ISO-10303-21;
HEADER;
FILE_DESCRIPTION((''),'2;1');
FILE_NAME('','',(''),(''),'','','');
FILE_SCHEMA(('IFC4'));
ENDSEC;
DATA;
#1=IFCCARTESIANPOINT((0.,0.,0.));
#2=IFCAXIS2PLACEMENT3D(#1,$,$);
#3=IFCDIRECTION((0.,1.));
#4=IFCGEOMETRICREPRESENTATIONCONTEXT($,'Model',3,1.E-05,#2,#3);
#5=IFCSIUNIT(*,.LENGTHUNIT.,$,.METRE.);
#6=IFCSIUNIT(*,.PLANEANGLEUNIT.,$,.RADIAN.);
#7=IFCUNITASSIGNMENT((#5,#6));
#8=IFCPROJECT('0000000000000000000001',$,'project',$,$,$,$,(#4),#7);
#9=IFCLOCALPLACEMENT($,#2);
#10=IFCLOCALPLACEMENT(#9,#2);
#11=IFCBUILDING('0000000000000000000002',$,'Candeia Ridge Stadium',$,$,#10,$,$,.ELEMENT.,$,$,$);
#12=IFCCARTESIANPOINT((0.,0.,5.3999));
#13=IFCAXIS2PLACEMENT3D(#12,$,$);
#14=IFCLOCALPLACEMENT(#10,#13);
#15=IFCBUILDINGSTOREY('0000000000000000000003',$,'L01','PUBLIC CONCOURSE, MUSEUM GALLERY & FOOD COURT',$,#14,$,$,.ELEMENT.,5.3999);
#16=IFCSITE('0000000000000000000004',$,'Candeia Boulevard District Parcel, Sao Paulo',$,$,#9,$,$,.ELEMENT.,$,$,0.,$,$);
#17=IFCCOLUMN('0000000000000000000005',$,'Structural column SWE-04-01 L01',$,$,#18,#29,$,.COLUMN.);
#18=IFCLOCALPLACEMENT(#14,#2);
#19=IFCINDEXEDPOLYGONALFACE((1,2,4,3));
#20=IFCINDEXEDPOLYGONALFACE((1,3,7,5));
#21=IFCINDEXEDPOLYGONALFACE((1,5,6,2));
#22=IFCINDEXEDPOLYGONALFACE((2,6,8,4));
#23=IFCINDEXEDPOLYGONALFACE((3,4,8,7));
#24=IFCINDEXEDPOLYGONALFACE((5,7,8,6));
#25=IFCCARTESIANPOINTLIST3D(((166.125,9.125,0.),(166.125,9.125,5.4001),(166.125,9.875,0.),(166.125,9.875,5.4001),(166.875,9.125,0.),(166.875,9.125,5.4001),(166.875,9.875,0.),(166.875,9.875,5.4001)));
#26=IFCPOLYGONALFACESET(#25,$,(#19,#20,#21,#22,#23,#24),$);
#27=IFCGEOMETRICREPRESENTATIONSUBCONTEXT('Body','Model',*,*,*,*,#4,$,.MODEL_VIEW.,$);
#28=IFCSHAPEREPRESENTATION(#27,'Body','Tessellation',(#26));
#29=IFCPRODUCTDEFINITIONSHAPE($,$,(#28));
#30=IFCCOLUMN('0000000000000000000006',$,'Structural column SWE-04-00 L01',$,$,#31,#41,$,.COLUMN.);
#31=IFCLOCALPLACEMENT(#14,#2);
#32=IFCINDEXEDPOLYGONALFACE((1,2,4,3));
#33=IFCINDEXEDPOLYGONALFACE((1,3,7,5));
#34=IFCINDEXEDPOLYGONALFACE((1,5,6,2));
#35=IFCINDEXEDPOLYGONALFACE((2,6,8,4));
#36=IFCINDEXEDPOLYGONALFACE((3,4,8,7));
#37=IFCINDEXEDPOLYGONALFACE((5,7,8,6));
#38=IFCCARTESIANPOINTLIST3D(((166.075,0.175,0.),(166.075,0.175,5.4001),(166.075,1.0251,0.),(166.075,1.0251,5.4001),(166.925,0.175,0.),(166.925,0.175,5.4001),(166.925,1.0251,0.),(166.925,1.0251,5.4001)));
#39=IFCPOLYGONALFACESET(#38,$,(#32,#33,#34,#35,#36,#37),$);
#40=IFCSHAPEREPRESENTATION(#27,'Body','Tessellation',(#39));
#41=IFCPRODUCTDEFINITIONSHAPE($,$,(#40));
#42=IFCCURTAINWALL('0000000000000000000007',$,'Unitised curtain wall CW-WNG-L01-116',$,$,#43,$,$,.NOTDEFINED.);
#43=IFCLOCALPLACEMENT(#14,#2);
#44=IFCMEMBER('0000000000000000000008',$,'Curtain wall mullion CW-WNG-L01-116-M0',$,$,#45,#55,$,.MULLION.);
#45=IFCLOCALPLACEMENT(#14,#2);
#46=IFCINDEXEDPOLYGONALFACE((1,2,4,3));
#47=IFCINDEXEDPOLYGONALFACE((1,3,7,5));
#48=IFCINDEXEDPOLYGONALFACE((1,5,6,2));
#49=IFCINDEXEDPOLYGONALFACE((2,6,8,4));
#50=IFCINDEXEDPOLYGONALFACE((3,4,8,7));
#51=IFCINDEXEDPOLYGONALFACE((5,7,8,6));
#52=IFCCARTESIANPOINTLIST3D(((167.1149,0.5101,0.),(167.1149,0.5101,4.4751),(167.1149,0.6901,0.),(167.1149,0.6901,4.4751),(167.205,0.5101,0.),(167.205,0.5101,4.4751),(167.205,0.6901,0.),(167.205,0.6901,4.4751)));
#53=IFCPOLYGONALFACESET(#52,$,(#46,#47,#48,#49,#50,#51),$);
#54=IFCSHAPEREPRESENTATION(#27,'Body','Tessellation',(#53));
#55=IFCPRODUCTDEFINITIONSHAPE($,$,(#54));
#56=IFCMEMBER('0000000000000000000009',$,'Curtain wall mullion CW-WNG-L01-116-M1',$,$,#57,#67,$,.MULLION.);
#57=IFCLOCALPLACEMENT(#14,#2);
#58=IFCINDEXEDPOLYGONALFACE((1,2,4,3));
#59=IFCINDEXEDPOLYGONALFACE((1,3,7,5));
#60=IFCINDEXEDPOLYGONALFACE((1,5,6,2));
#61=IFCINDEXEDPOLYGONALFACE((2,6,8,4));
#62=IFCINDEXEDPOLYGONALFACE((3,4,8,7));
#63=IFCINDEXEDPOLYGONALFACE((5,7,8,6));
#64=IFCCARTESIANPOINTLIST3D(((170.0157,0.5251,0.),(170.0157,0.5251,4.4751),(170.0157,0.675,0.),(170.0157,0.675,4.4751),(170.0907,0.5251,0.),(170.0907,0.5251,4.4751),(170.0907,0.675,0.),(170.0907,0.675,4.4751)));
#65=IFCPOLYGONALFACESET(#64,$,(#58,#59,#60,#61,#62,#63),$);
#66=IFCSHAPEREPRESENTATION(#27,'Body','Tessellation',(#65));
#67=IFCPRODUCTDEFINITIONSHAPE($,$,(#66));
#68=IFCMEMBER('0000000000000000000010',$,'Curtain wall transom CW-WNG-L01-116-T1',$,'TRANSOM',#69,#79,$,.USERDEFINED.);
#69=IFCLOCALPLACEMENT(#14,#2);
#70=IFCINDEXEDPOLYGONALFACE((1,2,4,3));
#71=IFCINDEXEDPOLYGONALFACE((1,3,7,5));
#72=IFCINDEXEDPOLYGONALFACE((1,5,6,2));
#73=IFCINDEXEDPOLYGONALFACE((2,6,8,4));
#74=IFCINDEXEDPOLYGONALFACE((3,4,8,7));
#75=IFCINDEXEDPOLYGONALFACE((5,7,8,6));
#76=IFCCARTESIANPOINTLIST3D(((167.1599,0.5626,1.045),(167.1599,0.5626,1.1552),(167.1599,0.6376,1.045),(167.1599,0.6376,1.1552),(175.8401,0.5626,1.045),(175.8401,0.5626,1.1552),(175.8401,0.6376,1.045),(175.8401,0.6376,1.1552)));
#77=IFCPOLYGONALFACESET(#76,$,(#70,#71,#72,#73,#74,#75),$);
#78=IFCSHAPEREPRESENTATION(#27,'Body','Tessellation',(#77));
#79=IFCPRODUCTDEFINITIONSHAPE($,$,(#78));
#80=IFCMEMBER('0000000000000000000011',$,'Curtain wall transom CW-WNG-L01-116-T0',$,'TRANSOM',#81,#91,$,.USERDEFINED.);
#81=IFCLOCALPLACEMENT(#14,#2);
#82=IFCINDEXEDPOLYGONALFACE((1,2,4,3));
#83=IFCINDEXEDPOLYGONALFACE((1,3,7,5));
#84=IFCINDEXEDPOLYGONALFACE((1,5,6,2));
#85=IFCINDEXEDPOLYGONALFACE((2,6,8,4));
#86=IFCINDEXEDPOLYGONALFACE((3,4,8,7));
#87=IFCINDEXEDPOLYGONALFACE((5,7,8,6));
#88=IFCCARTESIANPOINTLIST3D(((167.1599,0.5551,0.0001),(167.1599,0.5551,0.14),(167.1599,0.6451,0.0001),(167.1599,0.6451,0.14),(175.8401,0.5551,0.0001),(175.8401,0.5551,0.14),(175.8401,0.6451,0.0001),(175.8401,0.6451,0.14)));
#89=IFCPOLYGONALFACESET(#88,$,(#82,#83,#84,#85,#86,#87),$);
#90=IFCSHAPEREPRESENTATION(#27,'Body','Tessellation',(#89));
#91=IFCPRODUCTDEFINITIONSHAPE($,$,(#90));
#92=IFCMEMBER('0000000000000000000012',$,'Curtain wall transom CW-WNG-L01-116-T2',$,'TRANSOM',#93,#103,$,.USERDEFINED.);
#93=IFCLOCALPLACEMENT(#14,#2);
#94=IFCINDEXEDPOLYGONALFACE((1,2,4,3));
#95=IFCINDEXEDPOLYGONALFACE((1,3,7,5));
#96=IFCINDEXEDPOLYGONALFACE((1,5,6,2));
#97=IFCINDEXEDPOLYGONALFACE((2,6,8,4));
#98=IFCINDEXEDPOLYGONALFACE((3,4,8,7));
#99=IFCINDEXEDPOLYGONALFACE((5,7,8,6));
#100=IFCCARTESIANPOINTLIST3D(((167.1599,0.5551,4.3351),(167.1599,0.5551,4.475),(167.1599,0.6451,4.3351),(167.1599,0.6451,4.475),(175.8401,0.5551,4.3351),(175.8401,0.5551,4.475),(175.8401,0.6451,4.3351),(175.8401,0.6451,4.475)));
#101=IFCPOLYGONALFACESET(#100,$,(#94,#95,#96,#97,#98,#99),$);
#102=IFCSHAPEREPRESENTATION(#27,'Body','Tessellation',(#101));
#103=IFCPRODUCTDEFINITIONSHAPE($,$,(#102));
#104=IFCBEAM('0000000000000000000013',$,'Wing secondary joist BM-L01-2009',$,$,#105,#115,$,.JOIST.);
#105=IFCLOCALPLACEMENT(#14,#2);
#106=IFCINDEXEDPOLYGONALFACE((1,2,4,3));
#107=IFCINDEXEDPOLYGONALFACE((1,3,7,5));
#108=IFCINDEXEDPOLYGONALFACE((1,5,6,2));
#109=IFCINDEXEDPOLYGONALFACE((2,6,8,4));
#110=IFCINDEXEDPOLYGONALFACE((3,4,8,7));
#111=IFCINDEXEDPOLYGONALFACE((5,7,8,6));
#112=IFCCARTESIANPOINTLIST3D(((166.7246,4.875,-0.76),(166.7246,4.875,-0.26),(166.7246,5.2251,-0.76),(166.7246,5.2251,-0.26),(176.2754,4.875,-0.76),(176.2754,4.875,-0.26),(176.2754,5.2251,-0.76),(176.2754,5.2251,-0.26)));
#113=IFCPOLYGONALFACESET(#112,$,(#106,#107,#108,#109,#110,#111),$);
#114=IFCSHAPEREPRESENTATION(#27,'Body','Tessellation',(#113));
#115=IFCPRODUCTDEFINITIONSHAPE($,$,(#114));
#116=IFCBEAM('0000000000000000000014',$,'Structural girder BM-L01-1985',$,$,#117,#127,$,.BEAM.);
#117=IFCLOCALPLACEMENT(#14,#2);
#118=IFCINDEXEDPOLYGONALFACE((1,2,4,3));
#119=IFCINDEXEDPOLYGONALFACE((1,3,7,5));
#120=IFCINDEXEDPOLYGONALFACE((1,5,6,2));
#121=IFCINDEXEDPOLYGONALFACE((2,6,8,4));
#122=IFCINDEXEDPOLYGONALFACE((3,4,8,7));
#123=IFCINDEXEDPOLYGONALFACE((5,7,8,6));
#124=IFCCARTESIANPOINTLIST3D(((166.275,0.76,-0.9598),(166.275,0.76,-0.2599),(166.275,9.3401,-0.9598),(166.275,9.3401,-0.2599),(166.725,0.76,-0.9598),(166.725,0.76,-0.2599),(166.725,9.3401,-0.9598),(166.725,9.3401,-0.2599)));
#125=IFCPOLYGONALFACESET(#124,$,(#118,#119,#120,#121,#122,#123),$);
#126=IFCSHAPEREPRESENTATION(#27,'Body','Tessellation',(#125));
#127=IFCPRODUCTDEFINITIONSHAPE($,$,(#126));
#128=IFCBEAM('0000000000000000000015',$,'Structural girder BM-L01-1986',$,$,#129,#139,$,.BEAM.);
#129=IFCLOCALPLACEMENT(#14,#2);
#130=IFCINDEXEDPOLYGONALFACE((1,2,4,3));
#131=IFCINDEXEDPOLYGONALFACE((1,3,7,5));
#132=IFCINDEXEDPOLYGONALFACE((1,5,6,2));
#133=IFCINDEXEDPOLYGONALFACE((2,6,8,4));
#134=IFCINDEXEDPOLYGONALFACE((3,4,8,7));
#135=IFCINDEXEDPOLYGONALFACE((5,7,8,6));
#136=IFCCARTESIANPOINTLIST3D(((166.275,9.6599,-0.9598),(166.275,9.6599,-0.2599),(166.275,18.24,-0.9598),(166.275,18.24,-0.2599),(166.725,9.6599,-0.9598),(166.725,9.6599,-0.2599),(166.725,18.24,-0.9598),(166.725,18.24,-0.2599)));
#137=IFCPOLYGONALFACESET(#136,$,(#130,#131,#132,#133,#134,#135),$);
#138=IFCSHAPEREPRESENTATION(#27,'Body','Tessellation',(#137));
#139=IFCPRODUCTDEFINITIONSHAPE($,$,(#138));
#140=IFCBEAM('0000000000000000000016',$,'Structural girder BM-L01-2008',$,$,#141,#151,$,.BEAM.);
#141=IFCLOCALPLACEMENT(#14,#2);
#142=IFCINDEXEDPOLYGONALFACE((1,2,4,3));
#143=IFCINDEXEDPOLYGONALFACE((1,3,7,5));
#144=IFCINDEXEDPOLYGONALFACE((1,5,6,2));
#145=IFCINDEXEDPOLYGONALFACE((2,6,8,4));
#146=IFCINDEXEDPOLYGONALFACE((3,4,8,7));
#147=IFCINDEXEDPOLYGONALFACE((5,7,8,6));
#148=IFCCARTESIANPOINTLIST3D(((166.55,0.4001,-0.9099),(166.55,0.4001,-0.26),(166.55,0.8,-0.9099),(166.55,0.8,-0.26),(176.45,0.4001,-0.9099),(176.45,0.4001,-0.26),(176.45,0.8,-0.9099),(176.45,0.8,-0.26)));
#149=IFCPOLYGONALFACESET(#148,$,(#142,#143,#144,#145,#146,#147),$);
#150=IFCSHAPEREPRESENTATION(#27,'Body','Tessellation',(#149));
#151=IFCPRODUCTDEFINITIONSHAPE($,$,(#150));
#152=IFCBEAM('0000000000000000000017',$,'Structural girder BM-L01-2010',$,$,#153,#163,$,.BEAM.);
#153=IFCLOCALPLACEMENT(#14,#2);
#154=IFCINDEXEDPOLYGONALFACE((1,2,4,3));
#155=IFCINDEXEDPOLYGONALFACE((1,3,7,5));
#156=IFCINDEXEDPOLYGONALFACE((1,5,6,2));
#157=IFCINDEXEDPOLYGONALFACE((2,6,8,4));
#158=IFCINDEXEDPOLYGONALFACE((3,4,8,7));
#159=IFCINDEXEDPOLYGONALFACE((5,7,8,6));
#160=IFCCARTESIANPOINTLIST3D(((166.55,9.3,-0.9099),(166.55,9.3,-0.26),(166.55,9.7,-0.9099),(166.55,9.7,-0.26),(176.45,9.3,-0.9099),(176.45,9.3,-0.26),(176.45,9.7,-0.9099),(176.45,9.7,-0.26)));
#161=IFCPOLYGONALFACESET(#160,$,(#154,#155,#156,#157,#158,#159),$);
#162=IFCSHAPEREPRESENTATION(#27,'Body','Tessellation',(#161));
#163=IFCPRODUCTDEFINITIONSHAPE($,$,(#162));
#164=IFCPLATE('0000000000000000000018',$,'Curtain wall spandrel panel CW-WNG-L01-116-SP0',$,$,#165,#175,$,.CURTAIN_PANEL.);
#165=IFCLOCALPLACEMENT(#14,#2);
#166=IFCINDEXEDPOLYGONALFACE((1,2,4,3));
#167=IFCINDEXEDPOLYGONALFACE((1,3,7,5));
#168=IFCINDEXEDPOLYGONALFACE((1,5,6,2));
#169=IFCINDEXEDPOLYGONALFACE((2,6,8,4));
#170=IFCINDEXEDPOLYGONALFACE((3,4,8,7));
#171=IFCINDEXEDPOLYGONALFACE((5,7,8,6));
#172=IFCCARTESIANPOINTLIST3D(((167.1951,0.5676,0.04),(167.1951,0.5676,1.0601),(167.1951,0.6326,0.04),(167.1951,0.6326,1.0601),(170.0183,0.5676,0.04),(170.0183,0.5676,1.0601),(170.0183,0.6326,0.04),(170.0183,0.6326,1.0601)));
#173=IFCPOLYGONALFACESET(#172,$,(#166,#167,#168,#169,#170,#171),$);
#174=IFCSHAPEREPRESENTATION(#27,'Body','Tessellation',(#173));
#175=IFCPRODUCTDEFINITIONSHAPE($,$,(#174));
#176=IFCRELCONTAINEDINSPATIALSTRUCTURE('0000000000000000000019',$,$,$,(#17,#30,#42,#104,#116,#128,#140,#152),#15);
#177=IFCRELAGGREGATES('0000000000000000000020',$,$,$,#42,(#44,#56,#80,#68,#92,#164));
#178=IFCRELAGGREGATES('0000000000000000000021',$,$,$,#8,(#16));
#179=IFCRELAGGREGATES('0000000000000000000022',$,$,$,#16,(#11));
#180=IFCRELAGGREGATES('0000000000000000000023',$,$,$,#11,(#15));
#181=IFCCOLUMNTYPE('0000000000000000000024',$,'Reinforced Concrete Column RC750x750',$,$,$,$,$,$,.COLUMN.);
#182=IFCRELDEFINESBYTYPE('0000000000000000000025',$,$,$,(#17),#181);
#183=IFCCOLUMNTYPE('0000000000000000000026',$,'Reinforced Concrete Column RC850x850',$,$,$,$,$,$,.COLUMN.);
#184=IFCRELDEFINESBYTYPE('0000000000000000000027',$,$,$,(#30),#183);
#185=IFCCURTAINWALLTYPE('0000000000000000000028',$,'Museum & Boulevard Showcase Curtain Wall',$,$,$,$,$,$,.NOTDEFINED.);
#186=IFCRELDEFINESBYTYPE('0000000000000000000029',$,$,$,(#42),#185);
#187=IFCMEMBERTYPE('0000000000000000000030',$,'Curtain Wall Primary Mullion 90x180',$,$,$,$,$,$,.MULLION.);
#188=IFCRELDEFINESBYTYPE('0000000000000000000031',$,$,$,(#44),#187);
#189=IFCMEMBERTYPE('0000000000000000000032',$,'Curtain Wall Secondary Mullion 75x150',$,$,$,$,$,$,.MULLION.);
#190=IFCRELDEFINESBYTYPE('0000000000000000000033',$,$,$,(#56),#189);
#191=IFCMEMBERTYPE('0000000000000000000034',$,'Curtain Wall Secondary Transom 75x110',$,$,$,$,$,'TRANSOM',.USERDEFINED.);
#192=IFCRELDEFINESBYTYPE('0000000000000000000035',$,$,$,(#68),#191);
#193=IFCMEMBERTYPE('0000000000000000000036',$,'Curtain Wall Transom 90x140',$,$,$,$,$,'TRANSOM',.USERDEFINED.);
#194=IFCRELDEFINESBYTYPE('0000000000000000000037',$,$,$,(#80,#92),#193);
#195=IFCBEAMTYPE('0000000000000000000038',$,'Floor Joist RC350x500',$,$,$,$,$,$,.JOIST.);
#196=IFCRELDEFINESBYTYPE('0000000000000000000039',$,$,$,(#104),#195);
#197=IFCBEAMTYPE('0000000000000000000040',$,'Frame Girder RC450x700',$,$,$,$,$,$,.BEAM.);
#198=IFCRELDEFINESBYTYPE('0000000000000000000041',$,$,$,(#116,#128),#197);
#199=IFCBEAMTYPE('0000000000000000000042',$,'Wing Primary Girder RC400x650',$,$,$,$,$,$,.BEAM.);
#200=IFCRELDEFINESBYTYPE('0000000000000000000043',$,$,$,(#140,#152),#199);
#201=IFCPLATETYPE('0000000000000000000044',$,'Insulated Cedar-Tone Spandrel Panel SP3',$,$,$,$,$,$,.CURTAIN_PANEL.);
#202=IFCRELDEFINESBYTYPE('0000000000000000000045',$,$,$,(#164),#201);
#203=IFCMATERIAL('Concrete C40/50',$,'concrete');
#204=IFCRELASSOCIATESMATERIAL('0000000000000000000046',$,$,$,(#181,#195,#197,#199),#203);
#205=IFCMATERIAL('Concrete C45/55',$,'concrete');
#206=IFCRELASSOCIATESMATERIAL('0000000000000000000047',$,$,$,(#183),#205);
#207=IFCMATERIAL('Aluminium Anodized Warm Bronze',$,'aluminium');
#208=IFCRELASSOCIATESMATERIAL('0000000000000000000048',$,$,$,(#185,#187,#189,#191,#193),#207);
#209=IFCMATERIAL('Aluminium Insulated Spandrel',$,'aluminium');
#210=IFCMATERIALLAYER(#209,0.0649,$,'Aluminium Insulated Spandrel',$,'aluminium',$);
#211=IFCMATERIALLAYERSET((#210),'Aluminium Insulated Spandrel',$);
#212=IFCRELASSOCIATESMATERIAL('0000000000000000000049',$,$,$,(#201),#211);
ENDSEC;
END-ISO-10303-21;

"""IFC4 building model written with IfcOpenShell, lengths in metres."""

from ifc_helpers import new_model, si_unit, direction, frame, origin, origin_2d, place, context, subcontext, project, spatial, rectangle, extrude, material, layer, layer_set, material_profile, profile_set, type_object, element, aggregate, save


model = new_model("IFC4")

# Units and contexts
model_context = context("Model", 3, precision=1e-05, world=origin(), true_north=direction((0.0, 1.0)))
body_context = subcontext(model_context, "Body", "Model", "MODEL_VIEW")
ifc_project = project(units=[si_unit("LENGTHUNIT", "METRE"), si_unit("PLANEANGLEUNIT", "RADIAN")], contexts=[model_context])

# Site, building, storey
site_placement = place(None, origin())
site = spatial("IfcSite", under=ifc_project, at=site_placement, Name="Candeia Boulevard District Parcel, Sao Paulo", CompositionType="ELEMENT", RefElevation=0.0)
building_placement = place(site_placement, origin())
building = spatial("IfcBuilding", under=site, at=building_placement, Name="Candeia Ridge Stadium", CompositionType="ELEMENT")
storey_placement = place(building_placement, frame((0.0, 0.0, 5.3999)))
storey = spatial("IfcBuildingStorey", under=building, at=storey_placement, Name="L01", Description="PUBLIC CONCOURSE, MUSEUM GALLERY & FOOD COURT", CompositionType="ELEMENT", Elevation=5.3999)

# Columns
ifc_material_1 = material(Name="Concrete C40/50", Category="concrete")
ifc_material_profile_1 = material_profile(ifc_material_1, rectangle(XDim=0.75, YDim=0.75, at=origin_2d()), Name="RC750x750", Category="concrete")
ifc_profile_set_1 = profile_set([ifc_material_profile_1], Name="Concrete C40/50")
column_type_1 = type_object("IfcColumnType", Name="Reinforced Concrete Column RC750x750", PredefinedType="COLUMN", material=ifc_profile_set_1)
column_1_placement = place(storey_placement, frame((166.5, 9.5, 0.0), z_axis=(0.0, 0.0, 1.0), x_axis=(1.0, 0.0, 0.0)))
element("IfcColumn", 1, at=column_1_placement, inside=storey, type_object=column_type_1, Name="Structural column SWE-04-01 L01", PredefinedType="COLUMN", context=body_context, shape_type="SweptSolid", body=[
    extrude(rectangle(XDim=0.75, YDim=0.75, at=origin_2d()), origin(), (0.0, 0.0, 1.0), 5.4001),
])
ifc_material_2 = material(Name="Concrete C45/55", Category="concrete")
ifc_material_profile_2 = material_profile(ifc_material_2, rectangle(XDim=0.8501, YDim=0.8501, at=origin_2d()), Name="RC850x850", Category="concrete")
ifc_profile_set_2 = profile_set([ifc_material_profile_2], Name="Concrete C45/55")
column_type_2 = type_object("IfcColumnType", Name="Reinforced Concrete Column RC850x850", PredefinedType="COLUMN", material=ifc_profile_set_2)
column_2_placement = place(storey_placement, frame((166.5, 0.6001, 0.0), z_axis=(0.0, 0.0, 1.0), x_axis=(1.0, 0.0, 0.0)))
element("IfcColumn", 2, at=column_2_placement, inside=storey, type_object=column_type_2, Name="Structural column SWE-04-00 L01", PredefinedType="COLUMN", context=body_context, shape_type="SweptSolid", body=[
    extrude(rectangle(XDim=0.8501, YDim=0.8501, at=origin_2d()), origin(), (0.0, 0.0, 1.0), 5.4001),
])

# Curtain wall, members
ifc_material_3 = material(Name="Aluminium Anodized Warm Bronze", Category="aluminium")
curtain_wall_type = type_object("IfcCurtainWallType", Name="Museum & Boulevard Showcase Curtain Wall", PredefinedType="NOTDEFINED", material=ifc_material_3)
curtain_wall_placement = place(storey_placement, origin())
curtain_wall = element("IfcCurtainWall", 3, at=curtain_wall_placement, inside=storey, type_object=curtain_wall_type, Name="Unitised curtain wall CW-WNG-L01-116", PredefinedType="NOTDEFINED")
ifc_material_profile_3 = material_profile(ifc_material_3, rectangle(XDim=0.0901, YDim=0.1799, at=origin_2d()), Name="CWM-90x180", Category="aluminium")
ifc_profile_set_3 = profile_set([ifc_material_profile_3], Name="Aluminium Anodized Warm Bronze")
member_type_1 = type_object("IfcMemberType", Name="Curtain Wall Primary Mullion 90x180", PredefinedType="MULLION", material=ifc_profile_set_3)
member_1_placement = place(storey_placement, frame((167.1599, 0.6001, 0.0), z_axis=(0.0, 0.0, 1.0), x_axis=(1.0, 0.0, 0.0)))
member_1 = element("IfcMember", 4, at=member_1_placement, type_object=member_type_1, Name="Curtain wall mullion CW-WNG-L01-116-M0", PredefinedType="MULLION", context=body_context, shape_type="SweptSolid", body=[
    extrude(rectangle(XDim=0.0901, YDim=0.1799, at=origin_2d()), origin(), (0.0, 0.0, 1.0), 4.4751),
])
ifc_material_profile_4 = material_profile(ifc_material_3, rectangle(XDim=0.075, YDim=0.1499, at=origin_2d()), Name="CWM-75x150", Category="aluminium")
ifc_profile_set_4 = profile_set([ifc_material_profile_4], Name="Aluminium Anodized Warm Bronze")
member_type_2 = type_object("IfcMemberType", Name="Curtain Wall Secondary Mullion 75x150", PredefinedType="MULLION", material=ifc_profile_set_4)
member_2_placement = place(storey_placement, frame((170.0532, 0.6001, 0.0), z_axis=(0.0, 0.0, 1.0), x_axis=(1.0, 0.0, 0.0)))
member_2 = element("IfcMember", 5, at=member_2_placement, type_object=member_type_2, Name="Curtain wall mullion CW-WNG-L01-116-M1", PredefinedType="MULLION", context=body_context, shape_type="SweptSolid", body=[
    extrude(rectangle(XDim=0.075, YDim=0.1499, at=origin_2d()), origin(), (0.0, 0.0, 1.0), 4.4751),
])
ifc_material_profile_5 = material_profile(ifc_material_3, rectangle(XDim=0.075, YDim=0.1101, at=origin_2d()), Name="CWT-75x110", Category="aluminium")
ifc_profile_set_5 = profile_set([ifc_material_profile_5], Name="Aluminium Anodized Warm Bronze")
member_type_3 = type_object("IfcMemberType", Name="Curtain Wall Secondary Transom 75x110", ElementType="TRANSOM", PredefinedType="USERDEFINED", material=ifc_profile_set_5)
member_3_placement = place(storey_placement, frame((167.1599, 0.6001, 1.1001), z_axis=(1.0, 0.0, 0.0), x_axis=(0.0, 1.0, 0.0)))
member_3 = element("IfcMember", 6, at=member_3_placement, type_object=member_type_3, Name="Curtain wall transom CW-WNG-L01-116-T1", ObjectType="TRANSOM", PredefinedType="USERDEFINED", context=body_context, shape_type="SweptSolid", body=[
    extrude(rectangle(XDim=0.075, YDim=0.1101, at=origin_2d()), origin(), (0.0, 0.0, 1.0), 8.6802),
])
ifc_material_profile_6 = material_profile(ifc_material_3, rectangle(XDim=0.0901, YDim=0.1399, at=origin_2d()), Name="CWT-90x140", Category="aluminium")
ifc_profile_set_6 = profile_set([ifc_material_profile_6], Name="Aluminium Anodized Warm Bronze")
member_type_4 = type_object("IfcMemberType", Name="Curtain Wall Transom 90x140", ElementType="TRANSOM", PredefinedType="USERDEFINED", material=ifc_profile_set_6)
member_4_placement = place(storey_placement, frame((167.1599, 0.6001, 0.0701), z_axis=(1.0, 0.0, 0.0), x_axis=(0.0, 1.0, 0.0)))
member_4 = element("IfcMember", 7, at=member_4_placement, type_object=member_type_4, Name="Curtain wall transom CW-WNG-L01-116-T0", ObjectType="TRANSOM", PredefinedType="USERDEFINED", context=body_context, shape_type="SweptSolid", body=[
    extrude(rectangle(XDim=0.0901, YDim=0.1399, at=origin_2d()), origin(), (0.0, 0.0, 1.0), 8.6802),
])
member_5_placement = place(storey_placement, frame((167.1599, 0.6001, 4.405), z_axis=(1.0, 0.0, 0.0), x_axis=(0.0, 1.0, 0.0)))
member_5 = element("IfcMember", 8, at=member_5_placement, type_object=member_type_4, Name="Curtain wall transom CW-WNG-L01-116-T2", ObjectType="TRANSOM", PredefinedType="USERDEFINED", context=body_context, shape_type="SweptSolid", body=[
    extrude(rectangle(XDim=0.0901, YDim=0.1399, at=origin_2d()), origin(), (0.0, 0.0, 1.0), 8.6802),
])

# Beams
ifc_material_profile_7 = material_profile(ifc_material_1, rectangle(XDim=0.3501, YDim=0.5, at=origin_2d()), Name="RC350x500", Category="concrete")
ifc_profile_set_7 = profile_set([ifc_material_profile_7], Name="Concrete C40/50")
beam_type_1 = type_object("IfcBeamType", Name="Floor Joist RC350x500", PredefinedType="JOIST", material=ifc_profile_set_7)
beam_placement = place(storey_placement, frame((166.7246, 5.05, -0.51), z_axis=(1.0, 0.0, 0.0), x_axis=(0.0, 1.0, 0.0)))
element("IfcBeam", 9, at=beam_placement, inside=storey, type_object=beam_type_1, Name="Wing secondary joist BM-L01-2009", PredefinedType="JOIST", context=body_context, shape_type="SweptSolid", body=[
    extrude(rectangle(XDim=0.3501, YDim=0.5, at=origin_2d()), origin(), (0.0, 0.0, 1.0), 9.5508),
])
ifc_material_profile_8 = material_profile(ifc_material_1, rectangle(XDim=0.45, YDim=0.7, at=origin_2d()), Name="RC450x700", Category="concrete")
ifc_profile_set_8 = profile_set([ifc_material_profile_8], Name="Concrete C40/50")
beam_type_2 = type_object("IfcBeamType", Name="Frame Girder RC450x700", PredefinedType="BEAM", material=ifc_profile_set_8)
for number, where, z_axis, x_axis, name in (
    (10, (166.5, 0.76, -0.6099), (0.0, 1.0, 0.0), (-1.0, 0.0, 0.0), "Structural girder BM-L01-1985"),
    (11, (166.5, 9.6599, -0.6099), (0.0, 1.0, 0.0), (-1.0, 0.0, 0.0), "Structural girder BM-L01-1986"),
):
    element("IfcBeam", number, at=place(storey_placement, frame(where, z_axis=z_axis, x_axis=x_axis)), inside=storey, type_object=beam_type_2, Name=name, PredefinedType="BEAM", context=body_context, shape_type="SweptSolid", body=[
        extrude(rectangle(XDim=0.45, YDim=0.7, at=origin_2d()), origin(), (0.0, 0.0, 1.0), 8.5801),
    ])
ifc_material_profile_9 = material_profile(ifc_material_1, rectangle(XDim=0.3999, YDim=0.6499, at=origin_2d()), Name="RC400x650", Category="concrete")
ifc_profile_set_9 = profile_set([ifc_material_profile_9], Name="Concrete C40/50")
beam_type_3 = type_object("IfcBeamType", Name="Wing Primary Girder RC400x650", PredefinedType="BEAM", material=ifc_profile_set_9)
for number, where, z_axis, x_axis, name in (
    (12, (166.55, 0.6001, -0.585), (1.0, 0.0, 0.0), (0.0, 1.0, 0.0), "Structural girder BM-L01-2008"),
    (13, (166.55, 9.5, -0.585), (1.0, 0.0, 0.0), (0.0, 1.0, 0.0), "Structural girder BM-L01-2010"),
):
    element("IfcBeam", number, at=place(storey_placement, frame(where, z_axis=z_axis, x_axis=x_axis)), inside=storey, type_object=beam_type_3, Name=name, PredefinedType="BEAM", context=body_context, shape_type="SweptSolid", body=[
        extrude(rectangle(XDim=0.3999, YDim=0.6499, at=origin_2d()), origin(), (0.0, 0.0, 1.0), 9.8999),
    ])

# Plate
ifc_material_4 = material(Name="Aluminium Insulated Spandrel", Category="aluminium")
ifc_layer_1 = layer(ifc_material_4, 0.0649, Name="Aluminium Insulated Spandrel", Category="aluminium")
ifc_layer_set_1 = layer_set([ifc_layer_1], Name="Aluminium Insulated Spandrel")
plate_type_1 = type_object("IfcPlateType", Name="Insulated Cedar-Tone Spandrel Panel SP3", PredefinedType="CURTAIN_PANEL", material=ifc_layer_set_1)
plate_1_placement = place(storey_placement, frame((168.6067, 0.6001, 0.04), z_axis=(0.0, 0.0, 1.0), x_axis=(1.0, 0.0, 0.0)))
plate_1 = element("IfcPlate", 14, at=plate_1_placement, type_object=plate_type_1, Name="Curtain wall spandrel panel CW-WNG-L01-116-SP0", PredefinedType="CURTAIN_PANEL", context=body_context, shape_type="SweptSolid", body=[
    extrude(rectangle(XDim=2.8232, YDim=0.0649, at=origin_2d()), origin(), (0.0, 0.0, 1.0), 1.02),
])
aggregate(curtain_wall, [member_1, member_2, member_4, member_3, member_5, plate_1])

save(model, "model.ifc")
